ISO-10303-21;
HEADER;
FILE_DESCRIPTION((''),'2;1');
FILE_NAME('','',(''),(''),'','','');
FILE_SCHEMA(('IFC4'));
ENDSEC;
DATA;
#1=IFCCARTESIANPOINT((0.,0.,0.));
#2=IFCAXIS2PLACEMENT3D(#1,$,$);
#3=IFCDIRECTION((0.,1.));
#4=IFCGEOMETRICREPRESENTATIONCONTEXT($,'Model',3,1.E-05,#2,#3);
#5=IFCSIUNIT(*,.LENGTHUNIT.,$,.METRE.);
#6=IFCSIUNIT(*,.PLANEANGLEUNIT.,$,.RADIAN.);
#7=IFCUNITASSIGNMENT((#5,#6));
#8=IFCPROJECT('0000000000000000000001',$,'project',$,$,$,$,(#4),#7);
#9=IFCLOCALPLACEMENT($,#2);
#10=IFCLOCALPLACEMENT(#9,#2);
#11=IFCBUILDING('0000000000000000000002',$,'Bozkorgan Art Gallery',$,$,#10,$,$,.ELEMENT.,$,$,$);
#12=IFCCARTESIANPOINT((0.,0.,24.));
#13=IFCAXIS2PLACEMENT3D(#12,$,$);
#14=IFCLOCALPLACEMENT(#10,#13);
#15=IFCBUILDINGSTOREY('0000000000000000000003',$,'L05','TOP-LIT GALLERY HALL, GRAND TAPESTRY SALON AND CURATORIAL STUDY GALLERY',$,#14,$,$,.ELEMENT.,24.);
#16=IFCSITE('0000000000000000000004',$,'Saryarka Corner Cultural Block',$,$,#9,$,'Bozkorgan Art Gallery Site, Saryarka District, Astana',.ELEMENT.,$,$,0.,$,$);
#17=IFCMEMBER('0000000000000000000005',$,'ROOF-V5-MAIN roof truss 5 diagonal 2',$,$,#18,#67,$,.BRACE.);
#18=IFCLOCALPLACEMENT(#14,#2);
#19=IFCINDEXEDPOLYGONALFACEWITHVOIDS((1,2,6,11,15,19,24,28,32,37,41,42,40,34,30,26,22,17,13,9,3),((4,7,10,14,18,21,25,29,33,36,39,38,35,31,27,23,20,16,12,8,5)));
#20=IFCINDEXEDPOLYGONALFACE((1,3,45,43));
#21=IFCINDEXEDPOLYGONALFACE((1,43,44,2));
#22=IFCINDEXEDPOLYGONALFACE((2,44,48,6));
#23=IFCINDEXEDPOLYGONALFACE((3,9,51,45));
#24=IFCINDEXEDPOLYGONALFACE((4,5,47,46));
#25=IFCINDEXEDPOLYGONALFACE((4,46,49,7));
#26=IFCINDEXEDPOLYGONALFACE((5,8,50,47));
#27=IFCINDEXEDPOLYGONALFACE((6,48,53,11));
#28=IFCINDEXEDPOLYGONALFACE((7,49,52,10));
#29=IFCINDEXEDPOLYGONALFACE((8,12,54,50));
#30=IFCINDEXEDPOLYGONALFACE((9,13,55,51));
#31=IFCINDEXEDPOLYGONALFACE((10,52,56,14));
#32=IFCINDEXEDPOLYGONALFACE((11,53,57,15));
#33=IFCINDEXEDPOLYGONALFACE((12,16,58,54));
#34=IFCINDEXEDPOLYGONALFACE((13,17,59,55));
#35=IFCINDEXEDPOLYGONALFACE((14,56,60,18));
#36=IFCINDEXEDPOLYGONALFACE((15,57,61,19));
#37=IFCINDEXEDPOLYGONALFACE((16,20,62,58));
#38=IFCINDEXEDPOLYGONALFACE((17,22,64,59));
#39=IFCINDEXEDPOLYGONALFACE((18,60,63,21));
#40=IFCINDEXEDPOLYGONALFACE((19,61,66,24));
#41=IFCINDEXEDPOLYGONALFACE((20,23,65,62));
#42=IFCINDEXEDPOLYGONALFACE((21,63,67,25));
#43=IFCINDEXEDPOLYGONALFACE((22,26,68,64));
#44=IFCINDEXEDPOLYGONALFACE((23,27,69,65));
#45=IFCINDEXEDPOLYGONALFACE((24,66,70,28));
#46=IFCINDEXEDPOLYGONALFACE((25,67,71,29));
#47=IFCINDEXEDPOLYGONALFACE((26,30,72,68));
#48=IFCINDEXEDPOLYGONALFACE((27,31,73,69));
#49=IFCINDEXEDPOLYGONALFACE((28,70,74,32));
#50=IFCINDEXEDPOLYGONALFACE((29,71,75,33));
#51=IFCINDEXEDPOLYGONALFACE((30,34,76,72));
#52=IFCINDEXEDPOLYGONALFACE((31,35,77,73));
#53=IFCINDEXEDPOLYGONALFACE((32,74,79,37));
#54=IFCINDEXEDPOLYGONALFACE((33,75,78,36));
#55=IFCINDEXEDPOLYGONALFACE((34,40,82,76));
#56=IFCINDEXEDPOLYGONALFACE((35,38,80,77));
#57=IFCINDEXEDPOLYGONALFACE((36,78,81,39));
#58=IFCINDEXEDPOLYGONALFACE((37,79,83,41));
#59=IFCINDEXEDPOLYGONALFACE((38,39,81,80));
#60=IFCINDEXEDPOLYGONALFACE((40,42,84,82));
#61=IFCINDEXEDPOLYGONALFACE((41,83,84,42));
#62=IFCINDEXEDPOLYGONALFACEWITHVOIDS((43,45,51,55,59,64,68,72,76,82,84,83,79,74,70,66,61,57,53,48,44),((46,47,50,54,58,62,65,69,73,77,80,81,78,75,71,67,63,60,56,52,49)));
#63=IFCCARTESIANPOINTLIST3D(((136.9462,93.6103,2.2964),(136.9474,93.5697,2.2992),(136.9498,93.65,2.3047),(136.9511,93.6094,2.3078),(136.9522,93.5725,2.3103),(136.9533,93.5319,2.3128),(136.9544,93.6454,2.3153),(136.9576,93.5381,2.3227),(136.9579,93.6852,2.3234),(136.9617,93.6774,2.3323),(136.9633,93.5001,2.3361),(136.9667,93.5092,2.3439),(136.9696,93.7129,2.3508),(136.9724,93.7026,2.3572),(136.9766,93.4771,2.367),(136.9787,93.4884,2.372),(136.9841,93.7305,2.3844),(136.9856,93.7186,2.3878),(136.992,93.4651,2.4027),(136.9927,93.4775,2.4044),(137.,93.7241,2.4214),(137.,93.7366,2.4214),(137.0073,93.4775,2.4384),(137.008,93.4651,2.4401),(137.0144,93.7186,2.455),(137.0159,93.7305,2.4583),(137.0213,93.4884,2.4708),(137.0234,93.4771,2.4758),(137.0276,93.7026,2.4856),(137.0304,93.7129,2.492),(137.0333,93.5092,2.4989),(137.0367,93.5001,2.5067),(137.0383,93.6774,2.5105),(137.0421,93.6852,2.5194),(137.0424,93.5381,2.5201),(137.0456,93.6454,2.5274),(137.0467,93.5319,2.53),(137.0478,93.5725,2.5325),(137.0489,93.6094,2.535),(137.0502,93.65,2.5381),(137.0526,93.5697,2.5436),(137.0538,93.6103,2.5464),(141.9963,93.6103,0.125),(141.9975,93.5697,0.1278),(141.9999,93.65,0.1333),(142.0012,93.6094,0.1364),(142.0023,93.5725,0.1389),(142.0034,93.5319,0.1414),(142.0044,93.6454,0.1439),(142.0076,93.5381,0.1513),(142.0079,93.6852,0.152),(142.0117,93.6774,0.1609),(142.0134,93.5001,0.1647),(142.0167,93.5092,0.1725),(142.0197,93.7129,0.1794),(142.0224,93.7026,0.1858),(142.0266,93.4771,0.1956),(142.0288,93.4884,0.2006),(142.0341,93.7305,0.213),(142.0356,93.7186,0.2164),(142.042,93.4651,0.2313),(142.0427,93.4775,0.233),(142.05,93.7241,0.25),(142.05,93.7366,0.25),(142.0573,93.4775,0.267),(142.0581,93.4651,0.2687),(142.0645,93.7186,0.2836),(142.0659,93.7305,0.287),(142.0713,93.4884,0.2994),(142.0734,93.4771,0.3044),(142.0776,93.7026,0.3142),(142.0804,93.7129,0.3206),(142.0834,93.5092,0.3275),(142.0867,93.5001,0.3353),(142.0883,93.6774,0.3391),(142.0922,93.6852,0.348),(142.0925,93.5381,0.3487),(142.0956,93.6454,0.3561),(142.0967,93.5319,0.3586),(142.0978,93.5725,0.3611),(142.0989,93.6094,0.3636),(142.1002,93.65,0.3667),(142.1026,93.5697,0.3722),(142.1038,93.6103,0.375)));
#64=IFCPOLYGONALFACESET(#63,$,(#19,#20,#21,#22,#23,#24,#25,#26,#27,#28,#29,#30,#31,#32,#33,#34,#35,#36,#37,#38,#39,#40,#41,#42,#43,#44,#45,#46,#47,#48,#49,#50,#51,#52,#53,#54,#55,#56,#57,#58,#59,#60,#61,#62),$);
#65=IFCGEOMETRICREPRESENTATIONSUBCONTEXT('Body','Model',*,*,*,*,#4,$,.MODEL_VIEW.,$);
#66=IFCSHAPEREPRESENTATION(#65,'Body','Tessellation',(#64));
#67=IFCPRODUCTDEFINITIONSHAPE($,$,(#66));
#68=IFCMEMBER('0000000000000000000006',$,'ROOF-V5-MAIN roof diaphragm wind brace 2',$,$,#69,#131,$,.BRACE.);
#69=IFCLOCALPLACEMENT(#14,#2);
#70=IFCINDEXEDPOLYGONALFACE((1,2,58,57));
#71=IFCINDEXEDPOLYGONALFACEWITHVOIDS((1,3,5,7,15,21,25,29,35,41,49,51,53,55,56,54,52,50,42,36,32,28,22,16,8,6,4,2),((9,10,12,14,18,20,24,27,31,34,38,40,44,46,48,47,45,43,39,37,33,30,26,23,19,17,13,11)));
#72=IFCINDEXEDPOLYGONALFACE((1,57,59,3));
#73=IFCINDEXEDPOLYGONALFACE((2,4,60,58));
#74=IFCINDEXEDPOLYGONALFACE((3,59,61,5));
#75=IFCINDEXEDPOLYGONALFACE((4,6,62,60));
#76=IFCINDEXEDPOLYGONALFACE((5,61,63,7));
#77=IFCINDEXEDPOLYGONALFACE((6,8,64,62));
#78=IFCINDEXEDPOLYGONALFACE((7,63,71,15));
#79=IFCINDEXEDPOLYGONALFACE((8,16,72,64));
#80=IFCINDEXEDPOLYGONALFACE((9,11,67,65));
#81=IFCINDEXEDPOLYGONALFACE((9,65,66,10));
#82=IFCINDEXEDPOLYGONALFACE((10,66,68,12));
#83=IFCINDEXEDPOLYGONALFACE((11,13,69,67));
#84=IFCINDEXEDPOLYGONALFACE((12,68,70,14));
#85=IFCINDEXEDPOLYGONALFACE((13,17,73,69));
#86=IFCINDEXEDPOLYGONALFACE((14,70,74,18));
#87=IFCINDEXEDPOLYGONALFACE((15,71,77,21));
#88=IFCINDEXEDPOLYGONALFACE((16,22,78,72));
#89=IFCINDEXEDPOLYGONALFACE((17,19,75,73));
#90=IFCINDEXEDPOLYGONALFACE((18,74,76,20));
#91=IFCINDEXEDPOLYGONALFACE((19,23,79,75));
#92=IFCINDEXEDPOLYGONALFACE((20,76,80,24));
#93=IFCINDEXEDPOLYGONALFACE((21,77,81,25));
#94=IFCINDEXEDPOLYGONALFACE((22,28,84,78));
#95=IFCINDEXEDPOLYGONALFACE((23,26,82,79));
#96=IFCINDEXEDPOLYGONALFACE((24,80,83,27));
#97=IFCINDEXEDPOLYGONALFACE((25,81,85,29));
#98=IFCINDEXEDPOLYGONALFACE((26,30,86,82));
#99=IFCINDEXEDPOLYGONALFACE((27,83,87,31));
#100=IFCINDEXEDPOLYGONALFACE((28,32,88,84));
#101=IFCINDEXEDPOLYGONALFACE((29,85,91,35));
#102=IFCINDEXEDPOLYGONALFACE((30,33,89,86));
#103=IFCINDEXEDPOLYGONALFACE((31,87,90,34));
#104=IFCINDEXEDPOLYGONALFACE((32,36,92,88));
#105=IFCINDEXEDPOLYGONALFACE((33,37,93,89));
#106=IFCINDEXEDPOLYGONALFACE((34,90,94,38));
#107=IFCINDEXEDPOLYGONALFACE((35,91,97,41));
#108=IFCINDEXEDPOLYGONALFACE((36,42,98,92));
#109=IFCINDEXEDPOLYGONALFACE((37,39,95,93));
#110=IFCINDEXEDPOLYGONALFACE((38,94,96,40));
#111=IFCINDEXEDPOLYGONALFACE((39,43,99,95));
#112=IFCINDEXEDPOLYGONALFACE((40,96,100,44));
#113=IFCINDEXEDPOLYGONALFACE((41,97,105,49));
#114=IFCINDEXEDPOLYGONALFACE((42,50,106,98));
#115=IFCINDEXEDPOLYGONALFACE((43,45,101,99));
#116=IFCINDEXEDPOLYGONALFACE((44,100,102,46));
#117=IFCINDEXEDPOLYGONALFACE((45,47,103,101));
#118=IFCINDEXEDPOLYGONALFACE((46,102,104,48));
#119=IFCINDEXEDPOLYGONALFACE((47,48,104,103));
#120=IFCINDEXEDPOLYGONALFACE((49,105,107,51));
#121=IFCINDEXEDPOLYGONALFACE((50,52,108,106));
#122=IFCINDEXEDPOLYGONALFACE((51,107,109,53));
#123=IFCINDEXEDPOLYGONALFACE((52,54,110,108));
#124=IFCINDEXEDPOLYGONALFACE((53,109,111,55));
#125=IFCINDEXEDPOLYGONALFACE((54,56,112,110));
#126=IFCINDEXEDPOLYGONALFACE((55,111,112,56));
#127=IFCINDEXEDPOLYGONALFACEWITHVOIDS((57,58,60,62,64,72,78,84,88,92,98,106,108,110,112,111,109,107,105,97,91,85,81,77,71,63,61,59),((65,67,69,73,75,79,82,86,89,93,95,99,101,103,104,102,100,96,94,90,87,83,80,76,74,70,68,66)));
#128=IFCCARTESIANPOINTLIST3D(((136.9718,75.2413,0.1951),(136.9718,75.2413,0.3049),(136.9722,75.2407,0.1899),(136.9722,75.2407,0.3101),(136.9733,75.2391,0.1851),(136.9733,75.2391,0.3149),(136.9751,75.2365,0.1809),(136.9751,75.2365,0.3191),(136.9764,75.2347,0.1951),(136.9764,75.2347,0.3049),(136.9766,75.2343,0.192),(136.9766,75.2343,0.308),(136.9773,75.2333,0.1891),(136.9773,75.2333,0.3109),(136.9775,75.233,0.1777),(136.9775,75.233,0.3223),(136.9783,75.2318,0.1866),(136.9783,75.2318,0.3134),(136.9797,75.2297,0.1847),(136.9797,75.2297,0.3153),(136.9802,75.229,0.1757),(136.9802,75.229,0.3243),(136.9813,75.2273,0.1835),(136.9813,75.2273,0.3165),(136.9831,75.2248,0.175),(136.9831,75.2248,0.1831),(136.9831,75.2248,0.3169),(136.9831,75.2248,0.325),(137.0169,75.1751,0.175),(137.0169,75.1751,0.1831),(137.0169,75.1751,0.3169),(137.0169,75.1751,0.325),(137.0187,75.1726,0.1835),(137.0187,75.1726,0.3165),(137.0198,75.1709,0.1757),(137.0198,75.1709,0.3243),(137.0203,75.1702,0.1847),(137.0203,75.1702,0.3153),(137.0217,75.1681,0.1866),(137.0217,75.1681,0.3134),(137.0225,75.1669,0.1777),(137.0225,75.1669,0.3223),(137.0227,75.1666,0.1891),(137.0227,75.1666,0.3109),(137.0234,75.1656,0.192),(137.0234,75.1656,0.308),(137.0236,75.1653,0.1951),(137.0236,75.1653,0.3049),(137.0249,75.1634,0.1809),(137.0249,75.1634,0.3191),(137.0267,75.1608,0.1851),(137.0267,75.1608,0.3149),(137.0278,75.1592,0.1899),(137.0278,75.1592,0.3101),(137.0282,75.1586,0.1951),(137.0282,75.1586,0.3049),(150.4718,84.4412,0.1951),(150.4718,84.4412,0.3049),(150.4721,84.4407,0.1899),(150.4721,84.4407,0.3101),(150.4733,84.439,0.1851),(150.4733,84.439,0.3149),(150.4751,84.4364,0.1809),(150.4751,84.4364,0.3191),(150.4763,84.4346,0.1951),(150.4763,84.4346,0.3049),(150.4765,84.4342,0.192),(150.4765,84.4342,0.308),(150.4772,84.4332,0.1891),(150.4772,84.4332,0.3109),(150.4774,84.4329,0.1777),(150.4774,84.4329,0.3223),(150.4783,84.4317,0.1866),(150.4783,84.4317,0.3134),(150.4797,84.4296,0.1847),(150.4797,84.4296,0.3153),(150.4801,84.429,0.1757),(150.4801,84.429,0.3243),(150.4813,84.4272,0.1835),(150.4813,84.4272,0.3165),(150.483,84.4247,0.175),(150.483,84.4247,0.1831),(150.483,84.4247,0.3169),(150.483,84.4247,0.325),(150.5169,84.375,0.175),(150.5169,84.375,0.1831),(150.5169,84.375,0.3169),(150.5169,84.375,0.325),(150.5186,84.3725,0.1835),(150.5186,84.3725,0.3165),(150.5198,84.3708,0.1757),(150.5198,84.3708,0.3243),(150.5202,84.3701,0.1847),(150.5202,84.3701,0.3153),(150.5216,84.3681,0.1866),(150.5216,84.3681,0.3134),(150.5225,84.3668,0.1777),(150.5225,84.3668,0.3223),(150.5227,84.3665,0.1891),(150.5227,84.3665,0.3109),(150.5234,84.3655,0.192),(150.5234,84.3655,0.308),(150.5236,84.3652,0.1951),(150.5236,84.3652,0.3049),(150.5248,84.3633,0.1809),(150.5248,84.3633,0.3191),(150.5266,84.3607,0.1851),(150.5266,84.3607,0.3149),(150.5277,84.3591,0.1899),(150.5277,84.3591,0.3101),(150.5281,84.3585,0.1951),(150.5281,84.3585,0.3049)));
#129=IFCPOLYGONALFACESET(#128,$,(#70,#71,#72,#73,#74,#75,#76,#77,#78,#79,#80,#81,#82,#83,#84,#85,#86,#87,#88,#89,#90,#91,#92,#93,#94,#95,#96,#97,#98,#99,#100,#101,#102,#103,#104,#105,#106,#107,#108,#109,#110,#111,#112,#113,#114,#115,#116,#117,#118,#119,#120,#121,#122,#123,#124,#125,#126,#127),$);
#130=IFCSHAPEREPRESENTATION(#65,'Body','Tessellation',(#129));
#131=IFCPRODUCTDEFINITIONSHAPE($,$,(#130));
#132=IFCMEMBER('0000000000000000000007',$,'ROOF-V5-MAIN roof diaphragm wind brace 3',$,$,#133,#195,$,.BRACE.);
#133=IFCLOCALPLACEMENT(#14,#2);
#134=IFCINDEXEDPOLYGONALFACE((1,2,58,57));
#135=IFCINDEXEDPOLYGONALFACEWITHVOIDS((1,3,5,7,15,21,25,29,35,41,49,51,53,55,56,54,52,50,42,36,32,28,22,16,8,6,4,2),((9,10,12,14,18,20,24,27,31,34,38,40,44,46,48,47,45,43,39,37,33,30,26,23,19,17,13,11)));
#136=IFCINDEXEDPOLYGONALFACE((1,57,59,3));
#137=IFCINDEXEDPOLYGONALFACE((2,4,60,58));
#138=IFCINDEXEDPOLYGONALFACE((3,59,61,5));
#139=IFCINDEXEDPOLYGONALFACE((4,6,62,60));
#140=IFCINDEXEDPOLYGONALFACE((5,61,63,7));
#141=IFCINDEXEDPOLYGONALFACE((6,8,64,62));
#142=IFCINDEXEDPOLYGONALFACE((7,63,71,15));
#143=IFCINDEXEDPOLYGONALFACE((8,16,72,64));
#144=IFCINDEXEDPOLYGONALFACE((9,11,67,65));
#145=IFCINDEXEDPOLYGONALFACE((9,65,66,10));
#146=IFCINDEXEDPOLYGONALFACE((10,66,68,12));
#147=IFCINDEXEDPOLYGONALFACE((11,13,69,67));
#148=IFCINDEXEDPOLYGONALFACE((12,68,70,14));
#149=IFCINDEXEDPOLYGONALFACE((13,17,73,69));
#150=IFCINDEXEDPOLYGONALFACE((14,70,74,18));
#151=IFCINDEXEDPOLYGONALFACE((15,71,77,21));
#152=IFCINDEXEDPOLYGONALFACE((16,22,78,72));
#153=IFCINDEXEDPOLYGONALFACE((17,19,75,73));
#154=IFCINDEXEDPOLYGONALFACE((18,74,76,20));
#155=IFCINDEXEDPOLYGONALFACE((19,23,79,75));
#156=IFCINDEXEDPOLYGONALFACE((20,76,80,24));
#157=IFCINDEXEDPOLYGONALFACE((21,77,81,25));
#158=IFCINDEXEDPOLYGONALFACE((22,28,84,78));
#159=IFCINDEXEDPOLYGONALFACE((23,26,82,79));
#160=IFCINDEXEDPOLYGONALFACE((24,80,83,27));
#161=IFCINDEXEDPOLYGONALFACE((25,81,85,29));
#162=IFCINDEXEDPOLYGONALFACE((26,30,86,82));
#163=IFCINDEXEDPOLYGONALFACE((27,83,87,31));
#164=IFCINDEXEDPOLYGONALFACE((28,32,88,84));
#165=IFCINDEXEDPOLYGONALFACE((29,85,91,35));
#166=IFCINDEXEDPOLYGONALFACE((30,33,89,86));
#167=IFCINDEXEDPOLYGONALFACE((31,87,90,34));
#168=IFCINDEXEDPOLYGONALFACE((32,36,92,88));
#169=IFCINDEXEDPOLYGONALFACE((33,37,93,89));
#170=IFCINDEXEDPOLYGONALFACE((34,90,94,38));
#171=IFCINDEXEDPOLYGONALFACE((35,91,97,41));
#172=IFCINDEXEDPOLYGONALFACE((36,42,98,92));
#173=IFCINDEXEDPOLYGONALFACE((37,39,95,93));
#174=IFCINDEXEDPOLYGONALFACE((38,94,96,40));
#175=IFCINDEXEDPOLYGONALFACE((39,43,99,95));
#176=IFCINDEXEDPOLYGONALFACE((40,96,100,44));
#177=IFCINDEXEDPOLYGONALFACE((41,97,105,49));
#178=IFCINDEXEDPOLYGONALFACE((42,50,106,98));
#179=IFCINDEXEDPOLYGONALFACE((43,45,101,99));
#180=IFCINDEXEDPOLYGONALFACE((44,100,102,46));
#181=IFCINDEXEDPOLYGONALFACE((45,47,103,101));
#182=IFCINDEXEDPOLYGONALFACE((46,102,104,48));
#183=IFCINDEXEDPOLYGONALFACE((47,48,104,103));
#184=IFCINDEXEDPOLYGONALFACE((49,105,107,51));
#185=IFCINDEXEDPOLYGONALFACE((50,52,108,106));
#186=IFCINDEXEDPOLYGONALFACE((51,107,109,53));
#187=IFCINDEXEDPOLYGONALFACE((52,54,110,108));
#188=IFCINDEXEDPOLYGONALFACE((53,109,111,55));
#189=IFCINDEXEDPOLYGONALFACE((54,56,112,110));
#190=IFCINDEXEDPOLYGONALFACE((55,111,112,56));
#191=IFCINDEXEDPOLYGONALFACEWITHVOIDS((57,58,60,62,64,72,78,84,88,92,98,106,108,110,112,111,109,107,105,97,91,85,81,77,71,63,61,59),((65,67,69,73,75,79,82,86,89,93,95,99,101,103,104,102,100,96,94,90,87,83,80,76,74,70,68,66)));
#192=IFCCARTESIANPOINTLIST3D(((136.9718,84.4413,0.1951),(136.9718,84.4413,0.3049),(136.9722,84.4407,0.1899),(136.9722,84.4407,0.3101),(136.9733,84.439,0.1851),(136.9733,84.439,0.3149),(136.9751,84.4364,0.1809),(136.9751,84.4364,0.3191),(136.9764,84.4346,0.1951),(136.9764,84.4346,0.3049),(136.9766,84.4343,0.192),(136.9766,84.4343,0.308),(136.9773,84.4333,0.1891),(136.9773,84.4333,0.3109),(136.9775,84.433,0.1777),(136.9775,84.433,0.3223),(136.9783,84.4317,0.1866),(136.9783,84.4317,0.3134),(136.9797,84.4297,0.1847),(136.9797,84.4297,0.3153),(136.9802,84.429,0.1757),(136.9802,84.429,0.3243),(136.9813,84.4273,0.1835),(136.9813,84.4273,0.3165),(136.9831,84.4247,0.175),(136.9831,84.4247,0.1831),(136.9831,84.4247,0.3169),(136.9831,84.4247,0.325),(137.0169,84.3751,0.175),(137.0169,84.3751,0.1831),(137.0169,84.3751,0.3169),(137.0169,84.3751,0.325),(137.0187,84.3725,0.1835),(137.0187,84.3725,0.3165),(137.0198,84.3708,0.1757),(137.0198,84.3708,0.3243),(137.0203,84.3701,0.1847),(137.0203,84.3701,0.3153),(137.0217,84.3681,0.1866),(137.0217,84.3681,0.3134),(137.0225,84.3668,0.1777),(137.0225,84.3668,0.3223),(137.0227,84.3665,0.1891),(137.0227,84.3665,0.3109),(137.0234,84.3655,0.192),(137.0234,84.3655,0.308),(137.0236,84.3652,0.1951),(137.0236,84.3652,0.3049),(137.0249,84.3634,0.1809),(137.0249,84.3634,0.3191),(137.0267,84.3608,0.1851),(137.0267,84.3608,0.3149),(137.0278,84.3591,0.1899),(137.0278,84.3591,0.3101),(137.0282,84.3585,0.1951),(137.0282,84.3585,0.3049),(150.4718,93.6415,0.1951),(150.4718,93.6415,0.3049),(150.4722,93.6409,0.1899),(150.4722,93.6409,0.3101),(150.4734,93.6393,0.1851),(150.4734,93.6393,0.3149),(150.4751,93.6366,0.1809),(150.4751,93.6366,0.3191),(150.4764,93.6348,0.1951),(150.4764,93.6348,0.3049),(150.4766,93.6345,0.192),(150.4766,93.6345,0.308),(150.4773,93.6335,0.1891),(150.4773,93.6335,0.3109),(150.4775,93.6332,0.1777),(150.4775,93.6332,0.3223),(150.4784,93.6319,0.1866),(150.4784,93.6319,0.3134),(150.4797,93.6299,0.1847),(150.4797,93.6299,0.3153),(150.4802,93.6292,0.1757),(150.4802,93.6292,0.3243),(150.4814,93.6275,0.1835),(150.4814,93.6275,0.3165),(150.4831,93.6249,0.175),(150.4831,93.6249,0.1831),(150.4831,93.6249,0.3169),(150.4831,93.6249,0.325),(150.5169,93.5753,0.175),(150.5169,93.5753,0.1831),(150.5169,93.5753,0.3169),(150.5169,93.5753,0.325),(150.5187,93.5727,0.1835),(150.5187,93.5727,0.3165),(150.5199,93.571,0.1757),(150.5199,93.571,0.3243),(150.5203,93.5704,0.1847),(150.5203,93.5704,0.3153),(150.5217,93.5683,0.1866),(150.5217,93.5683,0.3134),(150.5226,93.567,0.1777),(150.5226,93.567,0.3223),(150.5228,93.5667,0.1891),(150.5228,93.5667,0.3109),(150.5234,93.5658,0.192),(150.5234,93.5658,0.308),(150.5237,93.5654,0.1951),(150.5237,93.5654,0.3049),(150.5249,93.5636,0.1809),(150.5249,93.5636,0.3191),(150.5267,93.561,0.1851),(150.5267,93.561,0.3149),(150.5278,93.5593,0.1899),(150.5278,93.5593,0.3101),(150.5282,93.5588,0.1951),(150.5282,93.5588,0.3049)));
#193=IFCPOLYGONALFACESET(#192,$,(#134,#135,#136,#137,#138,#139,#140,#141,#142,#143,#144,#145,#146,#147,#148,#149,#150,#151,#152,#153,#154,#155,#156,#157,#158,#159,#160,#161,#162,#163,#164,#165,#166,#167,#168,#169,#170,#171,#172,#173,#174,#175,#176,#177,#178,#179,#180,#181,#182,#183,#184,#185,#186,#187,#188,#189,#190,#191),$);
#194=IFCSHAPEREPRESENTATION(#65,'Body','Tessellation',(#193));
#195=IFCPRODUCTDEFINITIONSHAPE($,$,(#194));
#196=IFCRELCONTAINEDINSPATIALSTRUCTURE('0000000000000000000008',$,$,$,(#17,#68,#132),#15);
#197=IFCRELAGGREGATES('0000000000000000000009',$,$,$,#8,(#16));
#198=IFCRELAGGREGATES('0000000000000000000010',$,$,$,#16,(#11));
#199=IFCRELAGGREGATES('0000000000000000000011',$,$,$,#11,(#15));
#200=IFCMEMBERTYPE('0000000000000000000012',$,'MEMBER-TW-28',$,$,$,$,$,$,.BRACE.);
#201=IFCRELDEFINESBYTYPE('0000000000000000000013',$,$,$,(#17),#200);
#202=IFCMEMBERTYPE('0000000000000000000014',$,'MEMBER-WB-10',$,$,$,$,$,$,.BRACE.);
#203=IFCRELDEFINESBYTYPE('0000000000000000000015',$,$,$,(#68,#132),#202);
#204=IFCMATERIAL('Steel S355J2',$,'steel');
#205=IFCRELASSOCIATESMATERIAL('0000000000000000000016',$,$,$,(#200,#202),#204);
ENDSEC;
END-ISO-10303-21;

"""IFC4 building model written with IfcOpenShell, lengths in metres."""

from ifc_helpers import new_model, si_unit, direction, frame, origin, origin_2d, place, context, subcontext, project, spatial, hollow_rectangle, hollow_circle, extrude, material, material_profile, profile_set, type_object, element, save


model = new_model("IFC4")

# Units and contexts
model_context = context("Model", 3, precision=1e-05, world=origin(), true_north=direction((0.0, 1.0)))
body_context = subcontext(model_context, "Body", "Model", "MODEL_VIEW")
ifc_project = project(units=[si_unit("LENGTHUNIT", "METRE"), si_unit("PLANEANGLEUNIT", "RADIAN")], contexts=[model_context])

# Site, building, storey
site_placement = place(None, origin())
site = spatial("IfcSite", under=ifc_project, at=site_placement, Name="Saryarka Corner Cultural Block", LongName="Bozkorgan Art Gallery Site, Saryarka District, Astana", CompositionType="ELEMENT", RefElevation=0.0)
building_placement = place(site_placement, origin())
building = spatial("IfcBuilding", under=site, at=building_placement, Name="Bozkorgan Art Gallery", CompositionType="ELEMENT")
storey_placement = place(building_placement, frame((0.0, 0.0, 24.0)))
storey = spatial("IfcBuildingStorey", under=building, at=storey_placement, Name="L05", Description="TOP-LIT GALLERY HALL, GRAND TAPESTRY SALON AND CURATORIAL STUDY GALLERY", CompositionType="ELEMENT", Elevation=24.0)

# Members
ifc_material = material(Name="Steel S355J2", Category="steel")
ifc_material_profile_1 = material_profile(ifc_material, hollow_circle(Radius=0.1365, WallThickness=0.0125, at=origin_2d()), Name="CHS 273x12.5")
ifc_profile_set_1 = profile_set([ifc_material_profile_1], Name="Steel S355J2")
member_type_1 = type_object("IfcMemberType", Name="MEMBER-TW-28", PredefinedType="BRACE", material=ifc_profile_set_1)
member_1_placement = place(storey_placement, frame((137.0, 93.6001, 2.4214), z_axis=(0.918678, 0.0, -0.395007), x_axis=(0.0, 1.0, 0.0)))
element("IfcMember", 1, at=member_1_placement, inside=storey, type_object=member_type_1, Name="ROOF-V5-MAIN roof truss 5 diagonal 2", PredefinedType="BRACE", context=body_context, shape_type="SweptSolid", body=[
    extrude(hollow_circle(Radius=0.1365, WallThickness=0.0125, at=origin_2d()), origin(), (0.0, 0.0, 1.0), 5.4971),
])
ifc_material_profile_2 = material_profile(ifc_material, hollow_rectangle(XDim=0.1001, YDim=0.1499, WallThickness=0.0081, InnerFilletRadius=0.012, OuterFilletRadius=0.02, at=origin_2d()), Name="RHS 150x100x8")
ifc_profile_set_2 = profile_set([ifc_material_profile_2], Name="Steel S355J2")
member_type_2 = type_object("IfcMemberType", Name="MEMBER-WB-10", PredefinedType="BRACE", material=ifc_profile_set_2)
member_2_placement = place(storey_placement, frame((137.0, 75.2, 0.25), z_axis=(0.826358, 0.563145, 0.0), x_axis=(-0.563145, 0.826358, 0.0)))
element("IfcMember", 2, at=member_2_placement, inside=storey, type_object=member_type_2, Name="ROOF-V5-MAIN roof diaphragm wind brace 2", PredefinedType="BRACE", context=body_context, shape_type="SweptSolid", body=[
    extrude(hollow_rectangle(XDim=0.1001, YDim=0.1499, WallThickness=0.0081, InnerFilletRadius=0.012, OuterFilletRadius=0.02, at=origin_2d()), origin(), (0.0, 0.0, 1.0), 16.3367),
])
member_3_placement = place(storey_placement, frame((137.0, 84.3999, 0.25), z_axis=(0.826351, 0.563155, 0.0), x_axis=(-0.563155, 0.826351, 0.0)))
element("IfcMember", 3, at=member_3_placement, inside=storey, type_object=member_type_2, Name="ROOF-V5-MAIN roof diaphragm wind brace 3", PredefinedType="BRACE", context=body_context, shape_type="SweptSolid", body=[
    extrude(hollow_rectangle(XDim=0.1001, YDim=0.1499, WallThickness=0.0081, InnerFilletRadius=0.012, OuterFilletRadius=0.02, at=origin_2d()), origin(), (0.0, 0.0, 1.0), 16.3369),
])

save(model, "model.ifc")
